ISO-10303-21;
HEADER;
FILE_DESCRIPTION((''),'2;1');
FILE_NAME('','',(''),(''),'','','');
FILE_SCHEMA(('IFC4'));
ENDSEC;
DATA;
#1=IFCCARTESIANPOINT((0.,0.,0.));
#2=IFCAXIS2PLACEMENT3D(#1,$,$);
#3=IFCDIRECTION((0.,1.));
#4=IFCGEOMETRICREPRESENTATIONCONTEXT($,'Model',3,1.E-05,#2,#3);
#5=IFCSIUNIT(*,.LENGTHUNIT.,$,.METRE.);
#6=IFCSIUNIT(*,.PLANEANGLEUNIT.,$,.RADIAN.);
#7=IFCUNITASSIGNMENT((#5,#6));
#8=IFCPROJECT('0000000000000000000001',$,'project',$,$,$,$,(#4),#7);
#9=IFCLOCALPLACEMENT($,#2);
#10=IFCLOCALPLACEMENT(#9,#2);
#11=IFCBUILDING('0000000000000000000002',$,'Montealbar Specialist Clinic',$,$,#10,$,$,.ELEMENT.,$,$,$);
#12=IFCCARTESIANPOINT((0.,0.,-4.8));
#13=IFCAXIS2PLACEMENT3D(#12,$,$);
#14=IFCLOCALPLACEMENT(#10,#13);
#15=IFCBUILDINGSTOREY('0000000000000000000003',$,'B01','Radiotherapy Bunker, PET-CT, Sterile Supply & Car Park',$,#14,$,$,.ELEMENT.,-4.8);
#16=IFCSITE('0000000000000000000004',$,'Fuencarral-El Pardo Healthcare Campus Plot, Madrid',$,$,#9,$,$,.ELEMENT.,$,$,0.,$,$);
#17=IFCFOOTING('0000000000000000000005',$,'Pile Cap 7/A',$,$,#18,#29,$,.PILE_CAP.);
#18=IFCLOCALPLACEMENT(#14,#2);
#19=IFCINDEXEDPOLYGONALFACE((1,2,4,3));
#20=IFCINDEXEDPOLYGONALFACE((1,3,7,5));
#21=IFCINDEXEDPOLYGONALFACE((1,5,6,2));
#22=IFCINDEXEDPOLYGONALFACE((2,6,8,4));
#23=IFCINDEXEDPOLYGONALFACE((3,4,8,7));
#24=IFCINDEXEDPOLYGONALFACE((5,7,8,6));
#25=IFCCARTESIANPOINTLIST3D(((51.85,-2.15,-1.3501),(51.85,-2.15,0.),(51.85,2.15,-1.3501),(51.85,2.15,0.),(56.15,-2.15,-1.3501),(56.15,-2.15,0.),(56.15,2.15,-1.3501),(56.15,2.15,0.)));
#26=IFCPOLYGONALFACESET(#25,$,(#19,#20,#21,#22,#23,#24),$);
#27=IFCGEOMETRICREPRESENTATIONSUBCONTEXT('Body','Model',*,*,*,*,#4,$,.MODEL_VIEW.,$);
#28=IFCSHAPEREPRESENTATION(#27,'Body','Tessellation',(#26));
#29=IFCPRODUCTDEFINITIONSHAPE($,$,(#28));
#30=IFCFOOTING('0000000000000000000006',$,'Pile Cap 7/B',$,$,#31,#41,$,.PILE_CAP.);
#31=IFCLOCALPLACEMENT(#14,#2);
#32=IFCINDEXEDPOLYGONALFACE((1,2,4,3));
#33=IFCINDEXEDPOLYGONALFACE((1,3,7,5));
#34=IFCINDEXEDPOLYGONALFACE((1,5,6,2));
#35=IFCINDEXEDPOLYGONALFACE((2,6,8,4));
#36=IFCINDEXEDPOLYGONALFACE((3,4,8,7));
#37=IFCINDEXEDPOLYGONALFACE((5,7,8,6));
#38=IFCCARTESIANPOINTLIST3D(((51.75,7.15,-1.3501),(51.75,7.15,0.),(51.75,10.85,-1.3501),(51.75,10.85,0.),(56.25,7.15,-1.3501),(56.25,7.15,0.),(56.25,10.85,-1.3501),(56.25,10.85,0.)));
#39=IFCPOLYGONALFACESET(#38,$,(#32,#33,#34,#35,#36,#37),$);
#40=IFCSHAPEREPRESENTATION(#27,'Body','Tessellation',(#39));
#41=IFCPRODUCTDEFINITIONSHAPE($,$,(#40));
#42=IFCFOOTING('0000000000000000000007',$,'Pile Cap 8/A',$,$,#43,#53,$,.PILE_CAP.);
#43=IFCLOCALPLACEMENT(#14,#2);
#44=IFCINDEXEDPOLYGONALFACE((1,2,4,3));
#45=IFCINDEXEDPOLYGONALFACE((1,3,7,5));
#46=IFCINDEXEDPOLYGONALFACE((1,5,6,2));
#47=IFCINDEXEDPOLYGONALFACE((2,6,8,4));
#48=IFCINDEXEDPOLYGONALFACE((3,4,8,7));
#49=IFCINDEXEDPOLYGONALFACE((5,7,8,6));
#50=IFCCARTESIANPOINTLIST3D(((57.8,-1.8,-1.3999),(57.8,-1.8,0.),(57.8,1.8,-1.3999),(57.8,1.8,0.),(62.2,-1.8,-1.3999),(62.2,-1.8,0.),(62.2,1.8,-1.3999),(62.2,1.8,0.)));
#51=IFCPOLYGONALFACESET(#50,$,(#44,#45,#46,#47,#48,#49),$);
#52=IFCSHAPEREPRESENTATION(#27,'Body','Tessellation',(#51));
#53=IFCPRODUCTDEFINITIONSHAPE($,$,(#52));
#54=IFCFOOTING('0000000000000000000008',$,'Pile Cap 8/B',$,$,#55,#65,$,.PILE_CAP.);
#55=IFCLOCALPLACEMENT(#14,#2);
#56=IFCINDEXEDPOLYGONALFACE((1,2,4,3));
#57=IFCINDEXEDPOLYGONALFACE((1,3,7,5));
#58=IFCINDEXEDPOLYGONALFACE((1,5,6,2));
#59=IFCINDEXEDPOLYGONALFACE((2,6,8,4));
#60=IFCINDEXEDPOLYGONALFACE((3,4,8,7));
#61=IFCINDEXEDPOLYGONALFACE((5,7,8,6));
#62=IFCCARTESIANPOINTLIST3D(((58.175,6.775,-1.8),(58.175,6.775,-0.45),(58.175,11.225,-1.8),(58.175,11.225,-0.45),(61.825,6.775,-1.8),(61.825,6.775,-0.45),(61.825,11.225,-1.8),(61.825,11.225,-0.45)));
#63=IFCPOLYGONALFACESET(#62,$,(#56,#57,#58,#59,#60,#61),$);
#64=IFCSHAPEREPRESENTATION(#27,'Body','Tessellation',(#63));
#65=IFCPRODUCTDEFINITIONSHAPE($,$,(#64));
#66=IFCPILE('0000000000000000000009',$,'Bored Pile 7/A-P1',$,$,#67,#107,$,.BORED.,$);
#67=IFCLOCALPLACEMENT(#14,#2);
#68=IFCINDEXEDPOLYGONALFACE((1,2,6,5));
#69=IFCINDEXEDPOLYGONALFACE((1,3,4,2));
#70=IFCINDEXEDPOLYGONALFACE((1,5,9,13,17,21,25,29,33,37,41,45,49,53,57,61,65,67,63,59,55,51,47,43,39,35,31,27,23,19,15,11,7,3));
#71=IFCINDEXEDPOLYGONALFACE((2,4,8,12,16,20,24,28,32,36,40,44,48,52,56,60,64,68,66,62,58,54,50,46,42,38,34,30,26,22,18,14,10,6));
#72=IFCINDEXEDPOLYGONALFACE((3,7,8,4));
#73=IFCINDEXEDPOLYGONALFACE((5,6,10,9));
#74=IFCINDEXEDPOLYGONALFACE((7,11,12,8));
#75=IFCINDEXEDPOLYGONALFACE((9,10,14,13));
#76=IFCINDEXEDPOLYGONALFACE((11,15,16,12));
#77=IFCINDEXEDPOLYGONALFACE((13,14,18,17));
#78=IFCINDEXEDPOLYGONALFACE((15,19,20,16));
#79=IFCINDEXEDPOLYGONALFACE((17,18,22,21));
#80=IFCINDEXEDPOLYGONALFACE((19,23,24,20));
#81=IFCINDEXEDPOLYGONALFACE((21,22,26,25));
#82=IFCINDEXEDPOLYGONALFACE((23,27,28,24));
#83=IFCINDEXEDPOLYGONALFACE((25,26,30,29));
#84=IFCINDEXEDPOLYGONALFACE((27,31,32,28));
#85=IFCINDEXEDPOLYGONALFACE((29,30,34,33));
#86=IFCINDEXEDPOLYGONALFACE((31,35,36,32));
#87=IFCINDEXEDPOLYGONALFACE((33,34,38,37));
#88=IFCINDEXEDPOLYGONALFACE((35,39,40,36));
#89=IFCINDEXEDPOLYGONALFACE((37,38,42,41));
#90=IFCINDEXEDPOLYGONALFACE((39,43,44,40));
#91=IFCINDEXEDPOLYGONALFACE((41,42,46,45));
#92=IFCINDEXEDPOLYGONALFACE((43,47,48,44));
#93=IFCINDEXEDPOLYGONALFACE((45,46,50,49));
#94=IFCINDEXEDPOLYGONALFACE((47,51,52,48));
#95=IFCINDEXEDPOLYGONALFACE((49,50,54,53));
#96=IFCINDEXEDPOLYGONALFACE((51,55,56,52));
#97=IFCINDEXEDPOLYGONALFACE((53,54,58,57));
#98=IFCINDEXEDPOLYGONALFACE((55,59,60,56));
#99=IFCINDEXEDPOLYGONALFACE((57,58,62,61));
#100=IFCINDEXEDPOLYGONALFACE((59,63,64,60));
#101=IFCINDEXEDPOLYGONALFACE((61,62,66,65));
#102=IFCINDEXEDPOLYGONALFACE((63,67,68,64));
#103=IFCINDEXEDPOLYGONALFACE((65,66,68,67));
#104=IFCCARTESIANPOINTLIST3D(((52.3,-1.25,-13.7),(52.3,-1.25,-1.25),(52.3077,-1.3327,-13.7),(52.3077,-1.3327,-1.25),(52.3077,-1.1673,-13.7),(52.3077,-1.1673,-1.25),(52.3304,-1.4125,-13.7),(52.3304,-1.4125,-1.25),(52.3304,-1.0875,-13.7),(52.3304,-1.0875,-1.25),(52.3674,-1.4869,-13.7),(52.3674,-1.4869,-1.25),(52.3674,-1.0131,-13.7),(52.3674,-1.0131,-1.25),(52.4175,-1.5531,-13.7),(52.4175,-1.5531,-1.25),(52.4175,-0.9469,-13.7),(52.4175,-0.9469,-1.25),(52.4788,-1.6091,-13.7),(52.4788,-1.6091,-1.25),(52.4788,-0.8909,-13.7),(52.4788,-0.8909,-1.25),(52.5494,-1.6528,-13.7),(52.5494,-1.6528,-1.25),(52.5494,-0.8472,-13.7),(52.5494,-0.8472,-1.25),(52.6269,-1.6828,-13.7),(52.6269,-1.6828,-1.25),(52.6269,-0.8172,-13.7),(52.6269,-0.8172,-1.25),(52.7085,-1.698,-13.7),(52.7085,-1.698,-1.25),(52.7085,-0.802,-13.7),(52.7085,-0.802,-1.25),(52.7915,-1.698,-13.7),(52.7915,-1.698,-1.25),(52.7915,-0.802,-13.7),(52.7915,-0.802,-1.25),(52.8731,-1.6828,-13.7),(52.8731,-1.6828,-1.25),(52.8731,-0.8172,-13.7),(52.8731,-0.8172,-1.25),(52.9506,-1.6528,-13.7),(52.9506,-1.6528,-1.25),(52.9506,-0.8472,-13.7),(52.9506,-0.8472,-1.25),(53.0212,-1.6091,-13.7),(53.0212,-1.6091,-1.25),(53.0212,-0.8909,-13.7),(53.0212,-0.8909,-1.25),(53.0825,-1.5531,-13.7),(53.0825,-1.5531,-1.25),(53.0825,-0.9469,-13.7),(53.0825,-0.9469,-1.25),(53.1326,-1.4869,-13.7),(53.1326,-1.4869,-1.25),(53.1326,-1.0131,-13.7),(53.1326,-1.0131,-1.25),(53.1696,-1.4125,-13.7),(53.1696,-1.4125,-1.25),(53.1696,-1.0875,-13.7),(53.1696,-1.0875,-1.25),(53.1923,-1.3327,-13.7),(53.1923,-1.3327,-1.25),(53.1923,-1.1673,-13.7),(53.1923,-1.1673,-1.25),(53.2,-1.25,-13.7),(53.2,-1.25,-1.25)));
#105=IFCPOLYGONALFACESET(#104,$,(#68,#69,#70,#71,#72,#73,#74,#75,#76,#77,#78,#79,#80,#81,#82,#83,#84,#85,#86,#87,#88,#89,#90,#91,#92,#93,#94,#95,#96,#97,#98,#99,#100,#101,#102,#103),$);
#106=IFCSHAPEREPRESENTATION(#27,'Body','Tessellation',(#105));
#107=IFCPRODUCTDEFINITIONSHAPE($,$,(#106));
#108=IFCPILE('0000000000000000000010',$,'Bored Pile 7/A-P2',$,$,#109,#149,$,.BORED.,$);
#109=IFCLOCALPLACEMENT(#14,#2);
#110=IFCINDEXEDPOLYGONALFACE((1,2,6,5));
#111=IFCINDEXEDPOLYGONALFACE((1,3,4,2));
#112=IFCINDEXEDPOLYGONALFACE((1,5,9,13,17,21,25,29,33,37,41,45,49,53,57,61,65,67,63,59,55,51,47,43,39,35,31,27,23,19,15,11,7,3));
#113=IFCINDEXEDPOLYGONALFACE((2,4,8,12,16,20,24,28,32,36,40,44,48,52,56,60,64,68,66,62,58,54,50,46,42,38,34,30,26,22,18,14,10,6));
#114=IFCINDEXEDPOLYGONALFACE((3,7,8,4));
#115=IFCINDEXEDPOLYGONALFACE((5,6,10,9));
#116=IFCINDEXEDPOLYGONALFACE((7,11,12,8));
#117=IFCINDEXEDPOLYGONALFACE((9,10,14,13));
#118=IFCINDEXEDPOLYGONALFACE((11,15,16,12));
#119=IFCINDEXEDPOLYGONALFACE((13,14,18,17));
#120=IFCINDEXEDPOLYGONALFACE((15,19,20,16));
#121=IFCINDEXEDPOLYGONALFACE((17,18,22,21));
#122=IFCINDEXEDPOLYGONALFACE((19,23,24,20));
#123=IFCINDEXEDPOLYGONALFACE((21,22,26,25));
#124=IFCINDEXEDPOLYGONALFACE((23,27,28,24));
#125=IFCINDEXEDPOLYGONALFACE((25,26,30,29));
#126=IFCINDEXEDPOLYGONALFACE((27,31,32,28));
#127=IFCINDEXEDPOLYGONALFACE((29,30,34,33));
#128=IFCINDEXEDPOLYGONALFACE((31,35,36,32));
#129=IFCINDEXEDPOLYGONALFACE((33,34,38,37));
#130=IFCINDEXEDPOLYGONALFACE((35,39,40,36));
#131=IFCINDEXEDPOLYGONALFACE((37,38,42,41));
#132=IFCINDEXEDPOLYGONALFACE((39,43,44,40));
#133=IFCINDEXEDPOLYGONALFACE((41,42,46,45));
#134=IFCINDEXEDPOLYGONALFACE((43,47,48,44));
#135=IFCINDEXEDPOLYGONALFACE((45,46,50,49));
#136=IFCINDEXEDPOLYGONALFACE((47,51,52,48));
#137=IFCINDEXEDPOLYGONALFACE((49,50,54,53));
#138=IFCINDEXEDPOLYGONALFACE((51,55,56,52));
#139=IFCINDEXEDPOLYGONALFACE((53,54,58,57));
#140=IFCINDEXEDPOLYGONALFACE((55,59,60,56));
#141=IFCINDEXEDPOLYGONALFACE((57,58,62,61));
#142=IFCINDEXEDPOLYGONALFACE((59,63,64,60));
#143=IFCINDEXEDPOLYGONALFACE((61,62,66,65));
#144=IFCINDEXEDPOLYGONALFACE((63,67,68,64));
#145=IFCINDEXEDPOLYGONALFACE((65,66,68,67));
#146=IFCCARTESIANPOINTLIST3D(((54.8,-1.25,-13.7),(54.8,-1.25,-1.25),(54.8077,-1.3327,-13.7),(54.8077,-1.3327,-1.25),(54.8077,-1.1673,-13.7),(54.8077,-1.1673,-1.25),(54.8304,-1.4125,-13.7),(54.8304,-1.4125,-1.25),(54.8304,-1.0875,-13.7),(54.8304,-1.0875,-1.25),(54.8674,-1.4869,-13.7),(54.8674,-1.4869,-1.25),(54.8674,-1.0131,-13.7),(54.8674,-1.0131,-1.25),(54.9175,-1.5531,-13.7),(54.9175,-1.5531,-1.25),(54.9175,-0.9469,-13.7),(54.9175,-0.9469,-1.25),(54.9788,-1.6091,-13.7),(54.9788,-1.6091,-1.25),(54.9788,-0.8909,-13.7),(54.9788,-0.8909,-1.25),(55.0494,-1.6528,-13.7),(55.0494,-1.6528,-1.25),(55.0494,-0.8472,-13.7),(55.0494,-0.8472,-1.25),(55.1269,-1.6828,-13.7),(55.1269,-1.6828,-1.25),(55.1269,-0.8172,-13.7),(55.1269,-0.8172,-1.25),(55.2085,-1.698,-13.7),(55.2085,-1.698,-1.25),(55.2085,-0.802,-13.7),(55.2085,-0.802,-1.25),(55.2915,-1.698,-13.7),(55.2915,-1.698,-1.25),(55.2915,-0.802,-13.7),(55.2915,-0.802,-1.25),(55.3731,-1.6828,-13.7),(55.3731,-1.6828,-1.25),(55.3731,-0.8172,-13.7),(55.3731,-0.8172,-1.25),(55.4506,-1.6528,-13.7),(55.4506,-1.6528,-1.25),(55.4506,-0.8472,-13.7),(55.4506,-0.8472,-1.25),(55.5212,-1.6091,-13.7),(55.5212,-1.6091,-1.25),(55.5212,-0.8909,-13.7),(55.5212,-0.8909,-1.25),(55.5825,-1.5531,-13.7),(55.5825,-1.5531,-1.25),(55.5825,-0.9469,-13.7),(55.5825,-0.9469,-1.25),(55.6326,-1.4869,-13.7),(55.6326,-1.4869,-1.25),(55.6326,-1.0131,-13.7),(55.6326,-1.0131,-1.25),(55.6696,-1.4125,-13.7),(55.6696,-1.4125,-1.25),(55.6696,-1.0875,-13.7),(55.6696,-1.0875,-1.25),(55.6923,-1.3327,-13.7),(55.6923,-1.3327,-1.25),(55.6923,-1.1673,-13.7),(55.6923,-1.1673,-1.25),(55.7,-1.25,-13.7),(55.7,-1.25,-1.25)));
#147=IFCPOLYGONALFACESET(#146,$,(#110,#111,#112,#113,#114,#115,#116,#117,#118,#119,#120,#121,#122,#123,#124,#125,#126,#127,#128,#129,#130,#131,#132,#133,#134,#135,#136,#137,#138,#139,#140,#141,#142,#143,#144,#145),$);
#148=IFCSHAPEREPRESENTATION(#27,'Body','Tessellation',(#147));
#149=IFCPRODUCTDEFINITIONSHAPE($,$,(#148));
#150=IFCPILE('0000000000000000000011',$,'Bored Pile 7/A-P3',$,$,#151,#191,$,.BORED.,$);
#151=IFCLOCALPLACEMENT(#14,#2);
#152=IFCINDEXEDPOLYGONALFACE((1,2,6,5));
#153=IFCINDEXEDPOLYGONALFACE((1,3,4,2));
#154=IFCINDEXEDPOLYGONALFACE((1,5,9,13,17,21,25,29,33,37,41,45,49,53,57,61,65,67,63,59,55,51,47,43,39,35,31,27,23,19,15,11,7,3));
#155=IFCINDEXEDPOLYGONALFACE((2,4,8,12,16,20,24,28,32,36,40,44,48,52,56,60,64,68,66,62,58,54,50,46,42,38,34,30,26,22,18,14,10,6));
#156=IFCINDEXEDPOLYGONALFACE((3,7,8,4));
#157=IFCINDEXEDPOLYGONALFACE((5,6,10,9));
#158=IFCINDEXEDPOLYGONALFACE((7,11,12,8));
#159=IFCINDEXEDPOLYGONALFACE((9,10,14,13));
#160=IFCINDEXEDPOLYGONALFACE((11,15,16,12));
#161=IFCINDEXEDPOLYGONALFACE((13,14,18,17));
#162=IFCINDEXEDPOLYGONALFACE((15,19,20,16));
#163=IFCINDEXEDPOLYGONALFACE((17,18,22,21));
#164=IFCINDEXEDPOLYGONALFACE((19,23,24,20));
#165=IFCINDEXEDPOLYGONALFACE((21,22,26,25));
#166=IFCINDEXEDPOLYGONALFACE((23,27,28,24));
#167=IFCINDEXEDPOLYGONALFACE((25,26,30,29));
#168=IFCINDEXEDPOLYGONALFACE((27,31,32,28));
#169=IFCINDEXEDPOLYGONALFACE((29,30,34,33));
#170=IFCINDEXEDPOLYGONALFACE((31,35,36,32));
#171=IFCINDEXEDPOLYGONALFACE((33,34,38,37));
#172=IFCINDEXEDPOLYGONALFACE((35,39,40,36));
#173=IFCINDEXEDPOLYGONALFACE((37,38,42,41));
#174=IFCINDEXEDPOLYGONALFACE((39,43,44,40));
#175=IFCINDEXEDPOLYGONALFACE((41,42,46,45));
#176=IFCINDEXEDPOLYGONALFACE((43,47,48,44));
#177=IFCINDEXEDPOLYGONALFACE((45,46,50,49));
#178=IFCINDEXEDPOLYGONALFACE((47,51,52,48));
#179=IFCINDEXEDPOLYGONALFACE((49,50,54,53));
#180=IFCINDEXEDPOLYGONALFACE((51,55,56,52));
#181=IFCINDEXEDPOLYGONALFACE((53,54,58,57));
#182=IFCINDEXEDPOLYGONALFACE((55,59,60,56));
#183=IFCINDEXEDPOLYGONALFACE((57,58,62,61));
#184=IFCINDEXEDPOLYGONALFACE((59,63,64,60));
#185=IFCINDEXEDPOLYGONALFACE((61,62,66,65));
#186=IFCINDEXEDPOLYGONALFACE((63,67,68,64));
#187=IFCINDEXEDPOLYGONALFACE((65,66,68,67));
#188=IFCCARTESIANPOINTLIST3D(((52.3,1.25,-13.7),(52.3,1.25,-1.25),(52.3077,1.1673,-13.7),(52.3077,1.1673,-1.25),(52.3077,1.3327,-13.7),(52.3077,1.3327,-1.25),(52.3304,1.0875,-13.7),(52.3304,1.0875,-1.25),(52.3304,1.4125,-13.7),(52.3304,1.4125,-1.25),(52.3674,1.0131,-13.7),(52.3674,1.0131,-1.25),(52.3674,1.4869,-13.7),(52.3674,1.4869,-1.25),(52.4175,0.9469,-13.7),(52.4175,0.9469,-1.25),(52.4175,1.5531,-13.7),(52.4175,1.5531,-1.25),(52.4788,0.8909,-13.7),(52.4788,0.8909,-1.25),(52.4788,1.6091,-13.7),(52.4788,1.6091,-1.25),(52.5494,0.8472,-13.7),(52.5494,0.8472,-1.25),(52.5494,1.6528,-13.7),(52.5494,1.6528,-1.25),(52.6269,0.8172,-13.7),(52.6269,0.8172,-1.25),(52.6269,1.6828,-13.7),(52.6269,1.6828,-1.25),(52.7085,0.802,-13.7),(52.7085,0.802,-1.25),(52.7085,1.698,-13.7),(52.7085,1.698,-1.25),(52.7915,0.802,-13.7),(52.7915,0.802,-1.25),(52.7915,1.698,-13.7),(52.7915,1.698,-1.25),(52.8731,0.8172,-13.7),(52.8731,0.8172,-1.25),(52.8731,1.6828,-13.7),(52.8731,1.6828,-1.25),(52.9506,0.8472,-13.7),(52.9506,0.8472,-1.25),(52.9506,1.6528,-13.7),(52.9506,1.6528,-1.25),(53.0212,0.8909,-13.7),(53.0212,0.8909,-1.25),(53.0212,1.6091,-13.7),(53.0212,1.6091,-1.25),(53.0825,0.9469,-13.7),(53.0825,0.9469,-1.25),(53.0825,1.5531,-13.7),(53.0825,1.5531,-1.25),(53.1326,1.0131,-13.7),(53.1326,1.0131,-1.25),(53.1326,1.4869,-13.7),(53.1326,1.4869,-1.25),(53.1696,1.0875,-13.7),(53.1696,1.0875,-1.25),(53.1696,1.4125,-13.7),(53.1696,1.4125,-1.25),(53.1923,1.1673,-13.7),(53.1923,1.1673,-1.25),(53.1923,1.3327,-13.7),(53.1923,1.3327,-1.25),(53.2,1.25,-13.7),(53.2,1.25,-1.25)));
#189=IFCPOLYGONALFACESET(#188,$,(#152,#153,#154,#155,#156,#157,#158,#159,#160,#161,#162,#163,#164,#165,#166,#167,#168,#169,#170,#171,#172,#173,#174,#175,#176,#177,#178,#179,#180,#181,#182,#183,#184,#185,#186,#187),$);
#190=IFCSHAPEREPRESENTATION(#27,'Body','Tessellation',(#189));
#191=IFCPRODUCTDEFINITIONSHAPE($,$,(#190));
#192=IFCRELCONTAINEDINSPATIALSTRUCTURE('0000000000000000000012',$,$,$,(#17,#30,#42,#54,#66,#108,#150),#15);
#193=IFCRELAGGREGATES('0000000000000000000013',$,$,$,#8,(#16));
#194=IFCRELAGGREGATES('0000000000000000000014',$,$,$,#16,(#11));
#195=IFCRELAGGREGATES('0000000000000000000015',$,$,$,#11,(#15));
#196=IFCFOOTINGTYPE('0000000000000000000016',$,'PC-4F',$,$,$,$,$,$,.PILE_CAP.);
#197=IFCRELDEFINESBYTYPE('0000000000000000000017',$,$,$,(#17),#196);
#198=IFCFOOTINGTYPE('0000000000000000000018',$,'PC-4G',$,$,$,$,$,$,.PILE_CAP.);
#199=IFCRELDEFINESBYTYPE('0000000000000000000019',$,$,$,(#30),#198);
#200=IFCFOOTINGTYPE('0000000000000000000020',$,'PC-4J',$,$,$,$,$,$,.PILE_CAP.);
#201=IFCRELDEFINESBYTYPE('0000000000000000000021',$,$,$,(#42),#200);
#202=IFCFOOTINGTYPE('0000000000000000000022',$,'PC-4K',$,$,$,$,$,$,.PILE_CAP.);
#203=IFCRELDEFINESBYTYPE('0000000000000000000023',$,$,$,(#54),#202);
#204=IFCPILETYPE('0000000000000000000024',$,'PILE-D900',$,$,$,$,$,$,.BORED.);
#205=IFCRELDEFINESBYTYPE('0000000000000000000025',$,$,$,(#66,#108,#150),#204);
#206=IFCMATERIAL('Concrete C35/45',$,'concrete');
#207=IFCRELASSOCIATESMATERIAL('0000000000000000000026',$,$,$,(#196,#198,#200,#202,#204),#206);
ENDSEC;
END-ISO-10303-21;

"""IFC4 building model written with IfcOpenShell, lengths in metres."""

from ifc_helpers import new_model, si_unit, direction, frame, origin, origin_2d, place, context, subcontext, project, spatial, rectangle, circle, extrude, material, material_profile, profile_set, type_object, element, save


model = new_model("IFC4")

# Units and contexts
model_context = context("Model", 3, precision=1e-05, world=origin(), true_north=direction((0.0, 1.0)))
body_context = subcontext(model_context, "Body", "Model", "MODEL_VIEW")
ifc_project = project(units=[si_unit("LENGTHUNIT", "METRE"), si_unit("PLANEANGLEUNIT", "RADIAN")], contexts=[model_context])

# Site, building, storey
site_placement = place(None, origin())
site = spatial("IfcSite", under=ifc_project, at=site_placement, Name="Fuencarral-El Pardo Healthcare Campus Plot, Madrid", CompositionType="ELEMENT", RefElevation=0.0)
building_placement = place(site_placement, origin())
building = spatial("IfcBuilding", under=site, at=building_placement, Name="Montealbar Specialist Clinic", CompositionType="ELEMENT")
storey_placement = place(building_placement, frame((0.0, 0.0, -4.8)))
storey = spatial("IfcBuildingStorey", under=building, at=storey_placement, Name="B01", Description="Radiotherapy Bunker, PET-CT, Sterile Supply & Car Park", CompositionType="ELEMENT", Elevation=-4.8)

# Footings
ifc_material_1 = material(Name="Concrete C35/45", Category="concrete")
footing_type_1 = type_object("IfcFootingType", Name="PC-4F", PredefinedType="PILE_CAP", material=ifc_material_1)
footing_1_placement = place(storey_placement, frame((54.0, 0.0, -1.3501), z_axis=(0.0, 0.0, 1.0), x_axis=(1.0, 0.0, 0.0)))
element("IfcFooting", 1, at=footing_1_placement, inside=storey, type_object=footing_type_1, Name="Pile Cap 7/A", PredefinedType="PILE_CAP", context=body_context, shape_type="SweptSolid", body=[
    extrude(rectangle(XDim=4.3, YDim=4.3, at=origin_2d()), origin(), (0.0, 0.0, 1.0), 1.3501),
])
footing_type_2 = type_object("IfcFootingType", Name="PC-4G", PredefinedType="PILE_CAP", material=ifc_material_1)
footing_2_placement = place(storey_placement, frame((54.0, 9.0, -1.3501), z_axis=(0.0, 0.0, 1.0), x_axis=(1.0, 0.0, 0.0)))
element("IfcFooting", 2, at=footing_2_placement, inside=storey, type_object=footing_type_2, Name="Pile Cap 7/B", PredefinedType="PILE_CAP", context=body_context, shape_type="SweptSolid", body=[
    extrude(rectangle(XDim=4.5, YDim=3.7, at=origin_2d()), origin(), (0.0, 0.0, 1.0), 1.3501),
])
footing_type_3 = type_object("IfcFootingType", Name="PC-4J", PredefinedType="PILE_CAP", material=ifc_material_1)
footing_3_placement = place(storey_placement, frame((60.0, 0.0, -1.3999), z_axis=(0.0, 0.0, 1.0), x_axis=(1.0, 0.0, 0.0)))
element("IfcFooting", 3, at=footing_3_placement, inside=storey, type_object=footing_type_3, Name="Pile Cap 8/A", PredefinedType="PILE_CAP", context=body_context, shape_type="SweptSolid", body=[
    extrude(rectangle(XDim=4.3999, YDim=3.6001, at=origin_2d()), origin(), (0.0, 0.0, 1.0), 1.3999),
])
footing_type_4 = type_object("IfcFootingType", Name="PC-4K", PredefinedType="PILE_CAP", material=ifc_material_1)
footing_4_placement = place(storey_placement, frame((60.0, 9.0, -1.8), z_axis=(0.0, 0.0, 1.0), x_axis=(1.0, 0.0, 0.0)))
element("IfcFooting", 4, at=footing_4_placement, inside=storey, type_object=footing_type_4, Name="Pile Cap 8/B", PredefinedType="PILE_CAP", context=body_context, shape_type="SweptSolid", body=[
    extrude(rectangle(XDim=3.6499, YDim=4.45, at=origin_2d()), origin(), (0.0, 0.0, 1.0), 1.3501),
])

# Piles
ifc_material_profile_1 = material_profile(ifc_material_1, circle(Radius=0.45, at=origin_2d()), Name="PILE D900", Category="concrete")
ifc_profile_set_1 = profile_set([ifc_material_profile_1], Name="Concrete C35/45")
pile_type = type_object("IfcPileType", Name="PILE-D900", PredefinedType="BORED", material=ifc_profile_set_1)
for number, where, z_axis, x_axis, name in (
    (5, (52.75, -1.25, -1.25), (0.0, 0.0, -1.0), (1.0, 0.0, 0.0), "Bored Pile 7/A-P1"),
    (6, (55.25, -1.25, -1.25), (0.0, 0.0, -1.0), (1.0, 0.0, 0.0), "Bored Pile 7/A-P2"),
    (7, (52.75, 1.25, -1.25), (0.0, 0.0, -1.0), (1.0, 0.0, 0.0), "Bored Pile 7/A-P3"),
):
    element("IfcPile", number, at=place(storey_placement, frame(where, z_axis=z_axis, x_axis=x_axis)), inside=storey, type_object=pile_type, Name=name, PredefinedType="BORED", context=body_context, shape_type="SweptSolid", body=[
        extrude(circle(Radius=0.45, at=origin_2d()), origin(), (0.0, 0.0, 1.0), 12.45),
    ])

save(model, "model.ifc")
